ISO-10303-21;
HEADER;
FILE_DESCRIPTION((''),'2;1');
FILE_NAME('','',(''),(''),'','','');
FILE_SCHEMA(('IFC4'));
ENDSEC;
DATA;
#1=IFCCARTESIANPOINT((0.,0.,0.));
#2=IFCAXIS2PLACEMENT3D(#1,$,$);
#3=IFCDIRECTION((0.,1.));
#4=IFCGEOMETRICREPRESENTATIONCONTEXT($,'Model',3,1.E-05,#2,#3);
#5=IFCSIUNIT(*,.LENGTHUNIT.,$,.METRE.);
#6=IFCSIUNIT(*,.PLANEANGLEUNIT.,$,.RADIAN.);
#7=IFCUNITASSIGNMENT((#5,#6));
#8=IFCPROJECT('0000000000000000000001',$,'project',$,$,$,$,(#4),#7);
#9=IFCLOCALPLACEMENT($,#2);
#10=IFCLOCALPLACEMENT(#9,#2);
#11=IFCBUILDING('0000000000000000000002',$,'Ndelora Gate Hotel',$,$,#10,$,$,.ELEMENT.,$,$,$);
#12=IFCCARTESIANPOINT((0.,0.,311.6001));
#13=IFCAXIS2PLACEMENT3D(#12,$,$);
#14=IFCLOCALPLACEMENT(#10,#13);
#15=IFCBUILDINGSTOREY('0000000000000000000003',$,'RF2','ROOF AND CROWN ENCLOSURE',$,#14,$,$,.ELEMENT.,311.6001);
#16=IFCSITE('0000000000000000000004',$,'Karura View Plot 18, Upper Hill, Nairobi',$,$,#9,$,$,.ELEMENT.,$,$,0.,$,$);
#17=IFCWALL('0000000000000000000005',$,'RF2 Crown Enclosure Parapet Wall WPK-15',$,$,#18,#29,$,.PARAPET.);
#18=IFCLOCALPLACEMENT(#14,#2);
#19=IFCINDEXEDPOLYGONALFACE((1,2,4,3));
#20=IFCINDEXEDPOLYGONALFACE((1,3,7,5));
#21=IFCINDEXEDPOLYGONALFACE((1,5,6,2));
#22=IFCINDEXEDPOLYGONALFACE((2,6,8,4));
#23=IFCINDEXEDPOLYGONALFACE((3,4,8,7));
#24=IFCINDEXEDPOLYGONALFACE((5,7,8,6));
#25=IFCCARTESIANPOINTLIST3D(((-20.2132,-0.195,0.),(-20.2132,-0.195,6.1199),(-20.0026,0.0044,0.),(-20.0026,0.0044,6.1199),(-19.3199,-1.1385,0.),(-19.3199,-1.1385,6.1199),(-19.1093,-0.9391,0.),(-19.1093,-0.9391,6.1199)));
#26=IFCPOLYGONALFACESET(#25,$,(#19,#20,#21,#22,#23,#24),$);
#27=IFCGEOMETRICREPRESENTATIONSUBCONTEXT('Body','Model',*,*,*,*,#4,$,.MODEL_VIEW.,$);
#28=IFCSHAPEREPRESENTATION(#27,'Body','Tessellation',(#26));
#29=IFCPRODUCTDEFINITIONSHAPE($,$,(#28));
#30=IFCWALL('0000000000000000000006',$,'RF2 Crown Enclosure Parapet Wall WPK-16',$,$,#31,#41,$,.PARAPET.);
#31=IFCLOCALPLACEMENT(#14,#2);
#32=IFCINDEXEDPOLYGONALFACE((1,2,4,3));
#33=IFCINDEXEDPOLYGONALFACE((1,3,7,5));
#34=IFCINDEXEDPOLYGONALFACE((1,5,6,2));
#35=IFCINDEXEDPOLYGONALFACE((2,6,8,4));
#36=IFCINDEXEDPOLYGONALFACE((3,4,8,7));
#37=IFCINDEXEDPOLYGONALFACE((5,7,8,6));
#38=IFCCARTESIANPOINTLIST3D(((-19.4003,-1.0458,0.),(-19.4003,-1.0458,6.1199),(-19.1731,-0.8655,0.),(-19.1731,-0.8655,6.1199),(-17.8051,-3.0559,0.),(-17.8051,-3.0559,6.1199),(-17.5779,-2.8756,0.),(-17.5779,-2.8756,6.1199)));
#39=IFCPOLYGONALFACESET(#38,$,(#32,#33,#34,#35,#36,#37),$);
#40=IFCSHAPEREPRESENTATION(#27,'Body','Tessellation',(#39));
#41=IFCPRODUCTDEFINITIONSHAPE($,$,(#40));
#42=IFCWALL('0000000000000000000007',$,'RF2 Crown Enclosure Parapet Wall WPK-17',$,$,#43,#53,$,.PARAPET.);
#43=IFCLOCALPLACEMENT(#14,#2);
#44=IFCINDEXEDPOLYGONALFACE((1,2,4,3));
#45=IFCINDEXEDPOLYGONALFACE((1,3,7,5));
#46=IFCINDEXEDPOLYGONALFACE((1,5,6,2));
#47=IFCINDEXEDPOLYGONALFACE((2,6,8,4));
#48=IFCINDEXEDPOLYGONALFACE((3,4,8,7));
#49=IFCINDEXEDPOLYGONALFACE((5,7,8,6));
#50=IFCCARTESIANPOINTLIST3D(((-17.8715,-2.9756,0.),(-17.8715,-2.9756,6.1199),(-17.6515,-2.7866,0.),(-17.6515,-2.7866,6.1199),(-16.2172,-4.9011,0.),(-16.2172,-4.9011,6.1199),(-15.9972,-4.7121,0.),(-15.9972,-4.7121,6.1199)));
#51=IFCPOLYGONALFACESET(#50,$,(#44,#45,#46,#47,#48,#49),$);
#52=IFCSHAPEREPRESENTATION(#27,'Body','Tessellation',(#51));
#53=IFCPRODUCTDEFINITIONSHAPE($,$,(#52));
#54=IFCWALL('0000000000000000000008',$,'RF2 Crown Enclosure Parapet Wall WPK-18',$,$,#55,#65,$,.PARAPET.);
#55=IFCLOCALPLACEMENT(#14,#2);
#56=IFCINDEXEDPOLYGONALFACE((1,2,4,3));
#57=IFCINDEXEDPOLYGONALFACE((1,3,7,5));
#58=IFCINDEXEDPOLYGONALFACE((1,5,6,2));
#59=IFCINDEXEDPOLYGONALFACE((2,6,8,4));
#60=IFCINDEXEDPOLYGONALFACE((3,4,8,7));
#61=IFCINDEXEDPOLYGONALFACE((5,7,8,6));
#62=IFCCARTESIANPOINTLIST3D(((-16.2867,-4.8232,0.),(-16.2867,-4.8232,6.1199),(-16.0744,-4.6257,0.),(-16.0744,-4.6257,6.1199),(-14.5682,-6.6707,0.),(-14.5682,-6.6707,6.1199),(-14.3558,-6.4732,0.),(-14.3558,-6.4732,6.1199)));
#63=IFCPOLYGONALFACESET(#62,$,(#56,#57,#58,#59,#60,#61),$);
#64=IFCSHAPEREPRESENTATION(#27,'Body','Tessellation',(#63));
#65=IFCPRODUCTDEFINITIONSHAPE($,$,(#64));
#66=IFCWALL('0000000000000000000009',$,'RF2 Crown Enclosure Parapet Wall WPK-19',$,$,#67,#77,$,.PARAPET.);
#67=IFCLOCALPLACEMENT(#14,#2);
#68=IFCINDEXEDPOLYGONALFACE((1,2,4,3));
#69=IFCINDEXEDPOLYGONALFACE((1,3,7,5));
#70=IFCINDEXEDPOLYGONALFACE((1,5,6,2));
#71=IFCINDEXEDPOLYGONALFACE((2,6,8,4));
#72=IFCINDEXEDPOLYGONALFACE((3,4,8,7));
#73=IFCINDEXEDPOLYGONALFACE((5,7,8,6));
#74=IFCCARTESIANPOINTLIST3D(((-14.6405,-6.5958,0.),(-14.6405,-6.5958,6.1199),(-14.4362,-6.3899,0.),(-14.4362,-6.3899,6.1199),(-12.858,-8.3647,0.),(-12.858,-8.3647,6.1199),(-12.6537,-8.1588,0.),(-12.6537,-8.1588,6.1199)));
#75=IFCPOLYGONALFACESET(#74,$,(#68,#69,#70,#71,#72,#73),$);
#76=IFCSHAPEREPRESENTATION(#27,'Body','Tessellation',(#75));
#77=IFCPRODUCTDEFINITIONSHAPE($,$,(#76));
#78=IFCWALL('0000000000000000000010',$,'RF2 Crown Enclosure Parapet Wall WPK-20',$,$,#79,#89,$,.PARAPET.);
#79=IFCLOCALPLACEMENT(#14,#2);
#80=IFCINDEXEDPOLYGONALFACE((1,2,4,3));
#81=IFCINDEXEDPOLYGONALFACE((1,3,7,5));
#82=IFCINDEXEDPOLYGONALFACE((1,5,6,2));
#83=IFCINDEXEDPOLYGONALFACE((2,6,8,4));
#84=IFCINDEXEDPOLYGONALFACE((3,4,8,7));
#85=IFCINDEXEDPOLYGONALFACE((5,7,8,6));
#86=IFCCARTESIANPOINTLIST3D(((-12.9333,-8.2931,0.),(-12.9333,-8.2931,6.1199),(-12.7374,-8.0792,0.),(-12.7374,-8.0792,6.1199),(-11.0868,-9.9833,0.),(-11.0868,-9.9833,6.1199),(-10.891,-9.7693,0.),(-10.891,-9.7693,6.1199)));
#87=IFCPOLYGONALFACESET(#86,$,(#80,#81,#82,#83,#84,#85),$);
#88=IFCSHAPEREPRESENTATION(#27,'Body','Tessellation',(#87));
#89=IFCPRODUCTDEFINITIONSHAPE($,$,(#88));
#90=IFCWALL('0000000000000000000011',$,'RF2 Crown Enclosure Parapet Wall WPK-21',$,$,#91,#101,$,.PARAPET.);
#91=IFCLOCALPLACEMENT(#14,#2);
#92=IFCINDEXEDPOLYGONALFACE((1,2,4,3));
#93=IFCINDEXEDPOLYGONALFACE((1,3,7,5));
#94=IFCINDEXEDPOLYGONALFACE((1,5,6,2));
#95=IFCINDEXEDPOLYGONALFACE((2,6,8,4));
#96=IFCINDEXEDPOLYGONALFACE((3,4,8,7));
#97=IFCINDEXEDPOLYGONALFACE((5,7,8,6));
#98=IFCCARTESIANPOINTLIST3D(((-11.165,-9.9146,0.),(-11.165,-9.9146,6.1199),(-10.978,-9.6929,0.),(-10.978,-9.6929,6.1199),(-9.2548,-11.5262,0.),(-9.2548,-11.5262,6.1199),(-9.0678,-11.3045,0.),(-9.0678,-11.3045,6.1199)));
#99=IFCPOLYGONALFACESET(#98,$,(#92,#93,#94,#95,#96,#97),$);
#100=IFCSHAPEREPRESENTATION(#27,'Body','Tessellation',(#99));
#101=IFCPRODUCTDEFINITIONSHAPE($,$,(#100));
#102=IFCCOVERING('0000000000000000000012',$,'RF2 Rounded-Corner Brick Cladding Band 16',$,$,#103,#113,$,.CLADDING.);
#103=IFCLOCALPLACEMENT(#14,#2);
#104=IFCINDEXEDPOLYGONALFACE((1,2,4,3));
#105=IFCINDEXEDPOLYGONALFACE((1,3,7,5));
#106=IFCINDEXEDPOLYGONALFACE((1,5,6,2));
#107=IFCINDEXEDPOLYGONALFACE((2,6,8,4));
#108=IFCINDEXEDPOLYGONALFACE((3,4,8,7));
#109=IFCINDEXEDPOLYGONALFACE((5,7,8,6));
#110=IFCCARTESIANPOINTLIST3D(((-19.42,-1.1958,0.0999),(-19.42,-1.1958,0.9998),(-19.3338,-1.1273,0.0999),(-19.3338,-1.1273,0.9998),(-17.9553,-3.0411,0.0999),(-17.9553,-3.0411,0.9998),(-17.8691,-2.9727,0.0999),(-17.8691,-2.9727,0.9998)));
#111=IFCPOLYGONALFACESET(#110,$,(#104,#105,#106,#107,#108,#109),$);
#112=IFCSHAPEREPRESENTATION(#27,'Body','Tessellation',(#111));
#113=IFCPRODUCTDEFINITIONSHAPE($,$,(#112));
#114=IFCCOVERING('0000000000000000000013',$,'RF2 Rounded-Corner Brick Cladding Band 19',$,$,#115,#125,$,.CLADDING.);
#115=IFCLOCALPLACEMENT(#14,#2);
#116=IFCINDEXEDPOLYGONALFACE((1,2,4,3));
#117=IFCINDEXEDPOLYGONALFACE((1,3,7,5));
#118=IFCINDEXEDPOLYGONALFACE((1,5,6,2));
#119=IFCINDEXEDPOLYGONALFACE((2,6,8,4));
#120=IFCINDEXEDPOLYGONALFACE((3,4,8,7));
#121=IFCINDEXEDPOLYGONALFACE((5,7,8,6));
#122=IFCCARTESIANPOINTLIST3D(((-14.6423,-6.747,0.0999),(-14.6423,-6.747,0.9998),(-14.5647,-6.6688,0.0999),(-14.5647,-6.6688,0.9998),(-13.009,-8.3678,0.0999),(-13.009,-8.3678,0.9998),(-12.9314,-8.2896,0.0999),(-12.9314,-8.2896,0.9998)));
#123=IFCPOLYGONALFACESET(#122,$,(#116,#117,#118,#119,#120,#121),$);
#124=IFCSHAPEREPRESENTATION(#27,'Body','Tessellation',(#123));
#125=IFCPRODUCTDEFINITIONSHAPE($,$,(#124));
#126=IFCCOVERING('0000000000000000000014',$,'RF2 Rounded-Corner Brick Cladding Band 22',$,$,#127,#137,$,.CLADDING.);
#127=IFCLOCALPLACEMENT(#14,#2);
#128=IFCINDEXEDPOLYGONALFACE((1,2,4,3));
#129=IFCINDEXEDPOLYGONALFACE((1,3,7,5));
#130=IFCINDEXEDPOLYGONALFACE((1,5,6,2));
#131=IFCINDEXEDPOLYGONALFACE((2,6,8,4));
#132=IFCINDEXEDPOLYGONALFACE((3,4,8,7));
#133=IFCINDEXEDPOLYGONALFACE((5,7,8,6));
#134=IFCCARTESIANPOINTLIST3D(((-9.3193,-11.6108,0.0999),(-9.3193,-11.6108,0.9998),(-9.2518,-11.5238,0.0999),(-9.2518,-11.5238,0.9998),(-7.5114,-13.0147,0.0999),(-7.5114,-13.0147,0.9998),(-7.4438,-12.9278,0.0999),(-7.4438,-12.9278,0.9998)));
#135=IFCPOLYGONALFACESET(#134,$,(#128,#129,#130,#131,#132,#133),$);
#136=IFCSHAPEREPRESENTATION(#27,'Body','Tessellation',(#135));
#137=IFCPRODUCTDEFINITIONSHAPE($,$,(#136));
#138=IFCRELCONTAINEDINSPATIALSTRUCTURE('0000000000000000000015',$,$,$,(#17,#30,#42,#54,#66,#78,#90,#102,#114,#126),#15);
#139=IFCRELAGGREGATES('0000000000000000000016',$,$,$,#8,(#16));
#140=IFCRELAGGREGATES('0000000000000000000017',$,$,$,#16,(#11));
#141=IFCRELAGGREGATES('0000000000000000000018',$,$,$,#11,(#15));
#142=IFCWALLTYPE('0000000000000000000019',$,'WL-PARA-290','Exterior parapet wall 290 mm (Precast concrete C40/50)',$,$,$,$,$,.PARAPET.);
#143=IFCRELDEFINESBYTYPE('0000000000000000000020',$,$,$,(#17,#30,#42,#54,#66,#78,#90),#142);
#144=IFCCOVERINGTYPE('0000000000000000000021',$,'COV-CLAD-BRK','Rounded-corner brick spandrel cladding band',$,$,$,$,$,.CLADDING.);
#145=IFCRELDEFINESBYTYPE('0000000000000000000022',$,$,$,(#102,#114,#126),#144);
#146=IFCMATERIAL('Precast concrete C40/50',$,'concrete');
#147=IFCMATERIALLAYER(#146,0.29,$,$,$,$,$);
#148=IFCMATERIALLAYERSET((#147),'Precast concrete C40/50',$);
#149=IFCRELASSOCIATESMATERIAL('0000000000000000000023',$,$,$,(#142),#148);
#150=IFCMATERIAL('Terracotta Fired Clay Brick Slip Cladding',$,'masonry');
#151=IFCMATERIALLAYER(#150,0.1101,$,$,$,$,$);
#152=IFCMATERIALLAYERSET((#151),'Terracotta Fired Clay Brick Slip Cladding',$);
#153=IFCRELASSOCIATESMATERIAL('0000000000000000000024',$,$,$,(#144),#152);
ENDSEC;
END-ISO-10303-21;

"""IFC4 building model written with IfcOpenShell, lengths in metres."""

from ifc_helpers import new_model, si_unit, direction, frame, frame_2d, origin, origin_2d, place, context, subcontext, project, spatial, rectangle, extrude, material, layer, layer_set, type_object, element, save


model = new_model("IFC4")

# Units and contexts
model_context = context("Model", 3, precision=1e-05, world=origin(), true_north=direction((0.0, 1.0)))
body_context = subcontext(model_context, "Body", "Model", "MODEL_VIEW")
ifc_project = project(units=[si_unit("LENGTHUNIT", "METRE"), si_unit("PLANEANGLEUNIT", "RADIAN")], contexts=[model_context])

# Site, building, storey
site_placement = place(None, origin())
site = spatial("IfcSite", under=ifc_project, at=site_placement, Name="Karura View Plot 18, Upper Hill, Nairobi", CompositionType="ELEMENT", RefElevation=0.0)
building_placement = place(site_placement, origin())
building = spatial("IfcBuilding", under=site, at=building_placement, Name="Ndelora Gate Hotel", CompositionType="ELEMENT")
storey_placement = place(building_placement, frame((0.0, 0.0, 311.6001)))
storey = spatial("IfcBuildingStorey", under=building, at=storey_placement, Name="RF2", Description="ROOF AND CROWN ENCLOSURE", CompositionType="ELEMENT", Elevation=311.6001)

# Walls
ifc_material_1 = material(Name="Precast concrete C40/50", Category="concrete")
ifc_layer_1 = layer(ifc_material_1, 0.29)
ifc_layer_set_1 = layer_set([ifc_layer_1], Name="Precast concrete C40/50")
wall_type_1 = type_object("IfcWallType", Name="WL-PARA-290", Description="Exterior parapet wall 290 mm (Precast concrete C40/50)", PredefinedType="PARAPET", material=ifc_layer_set_1)
wall_1_placement = place(storey_placement, frame((-19.2146, -1.0388, 0.0), z_axis=(0.0, 0.0, 1.0), x_axis=(-0.687489, 0.726195, 0.0)))
element("IfcWall", 1, at=wall_1_placement, inside=storey, type_object=wall_type_1, Name="RF2 Crown Enclosure Parapet Wall WPK-15", PredefinedType="PARAPET", context=body_context, shape_type="SweptSolid", body=[
    extrude(rectangle(XDim=1.2993, YDim=0.29, at=frame_2d((0.6497, 0.0))), origin(), (0.0, 0.0, 1.0), 6.1199),
])
wall_2_placement = place(storey_placement, frame((-17.6914, -2.9658, 0.0), z_axis=(0.0, 0.0, 1.0), x_axis=(-0.62165, 0.783295, 0.0)))
element("IfcWall", 2, at=wall_2_placement, inside=storey, type_object=wall_type_1, Name="RF2 Crown Enclosure Parapet Wall WPK-16", PredefinedType="PARAPET", context=body_context, shape_type="SweptSolid", body=[
    extrude(rectangle(XDim=2.5662, YDim=0.29, at=frame_2d((1.2832, 0.0))), origin(), (0.0, 0.0, 1.0), 6.1199),
])
wall_3_placement = place(storey_placement, frame((-16.1072, -4.8066, 0.0), z_axis=(0.0, 0.0, 1.0), x_axis=(-0.651662, 0.758509, 0.0)))
element("IfcWall", 3, at=wall_3_placement, inside=storey, type_object=wall_type_1, Name="RF2 Crown Enclosure Parapet Wall WPK-17", PredefinedType="PARAPET", context=body_context, shape_type="SweptSolid", body=[
    extrude(rectangle(XDim=2.5386, YDim=0.29, at=frame_2d((1.2693, 0.0))), origin(), (0.0, 0.0, 1.0), 6.1199),
])
wall_4_placement = place(storey_placement, frame((-14.4619, -6.572, 0.0), z_axis=(0.0, 0.0, 1.0), x_axis=(-0.6811, 0.73219, 0.0)))
element("IfcWall", 4, at=wall_4_placement, inside=storey, type_object=wall_type_1, Name="RF2 Crown Enclosure Parapet Wall WPK-18", PredefinedType="PARAPET", context=body_context, shape_type="SweptSolid", body=[
    extrude(rectangle(XDim=2.5232, YDim=0.29, at=frame_2d((1.2617, 0.0))), origin(), (0.0, 0.0, 1.0), 6.1199),
])
wall_5_placement = place(storey_placement, frame((-12.7559, -8.2617, 0.0), z_axis=(0.0, 0.0, 1.0), x_axis=(-0.709824, 0.704379, 0.0)))
element("IfcWall", 5, at=wall_5_placement, inside=storey, type_object=wall_type_1, Name="RF2 Crown Enclosure Parapet Wall WPK-19", PredefinedType="PARAPET", context=body_context, shape_type="SweptSolid", body=[
    extrude(rectangle(XDim=2.5112, YDim=0.29, at=frame_2d((1.2556, 0.0))), origin(), (0.0, 0.0, 1.0), 6.1199),
])
wall_6_placement = place(storey_placement, frame((-10.989, -9.8762, 0.0), z_axis=(0.0, 0.0, 1.0), x_axis=(-0.737628, 0.675208, 0.0)))
element("IfcWall", 6, at=wall_6_placement, inside=storey, type_object=wall_type_1, Name="RF2 Crown Enclosure Parapet Wall WPK-20", PredefinedType="PARAPET", context=body_context, shape_type="SweptSolid", body=[
    extrude(rectangle(XDim=2.5032, YDim=0.29, at=frame_2d((1.2515, 0.0))), origin(), (0.0, 0.0, 1.0), 6.1199),
])
wall_7_placement = place(storey_placement, frame((-9.1614, -11.4153, 0.0), z_axis=(0.0, 0.0, 1.0), x_axis=(-0.764316, 0.644842, 0.0)))
element("IfcWall", 7, at=wall_7_placement, inside=storey, type_object=wall_type_1, Name="RF2 Crown Enclosure Parapet Wall WPK-21", PredefinedType="PARAPET", context=body_context, shape_type="SweptSolid", body=[
    extrude(rectangle(XDim=2.4993, YDim=0.29, at=frame_2d((1.2495, 0.0))), origin(), (0.0, 0.0, 1.0), 6.1199),
])

# Coverings
ifc_material_2 = material(Name="Terracotta Fired Clay Brick Slip Cladding", Category="masonry")
ifc_layer_2 = layer(ifc_material_2, 0.1101)
ifc_layer_set_2 = layer_set([ifc_layer_2], Name="Terracotta Fired Clay Brick Slip Cladding")
covering_type = type_object("IfcCoveringType", Name="COV-CLAD-BRK", Description="Rounded-corner brick spandrel cladding band", PredefinedType="CLADDING", material=ifc_layer_set_2)
covering_1_placement = place(storey_placement, frame((-18.6445, -2.0842, 0.0999), z_axis=(0.0, 0.0, 1.0), x_axis=(-0.621695, 0.78326, 0.0)))
element("IfcCovering", 8, at=covering_1_placement, inside=storey, type_object=covering_type, Name="RF2 Rounded-Corner Brick Cladding Band 16", PredefinedType="CLADDING", context=body_context, shape_type="SweptSolid", body=[
    extrude(rectangle(XDim=2.356, YDim=0.1101, at=origin_2d()), origin(), (0.0, 0.0, 1.0), 0.8999),
])
covering_2_placement = place(storey_placement, frame((-13.7869, -7.5183, 0.0999), z_axis=(0.0, 0.0, 1.0), x_axis=(-0.709817, 0.704386, 0.0)))
element("IfcCovering", 9, at=covering_2_placement, inside=storey, type_object=covering_type, Name="RF2 Rounded-Corner Brick Cladding Band 19", PredefinedType="CLADDING", context=body_context, shape_type="SweptSolid", body=[
    extrude(rectangle(XDim=2.301, YDim=0.1101, at=origin_2d()), origin(), (0.0, 0.0, 1.0), 0.8999),
])
covering_3_placement = place(storey_placement, frame((-8.3816, -12.2693, 0.0999), z_axis=(0.0, 0.0, 1.0), x_axis=(-0.789834, 0.613321, 0.0)))
element("IfcCovering", 10, at=covering_3_placement, inside=storey, type_object=covering_type, Name="RF2 Rounded-Corner Brick Cladding Band 22", PredefinedType="CLADDING", context=body_context, shape_type="SweptSolid", body=[
    extrude(rectangle(XDim=2.2891, YDim=0.1101, at=origin_2d()), origin(), (0.0, 0.0, 1.0), 0.8999),
])

save(model, "model.ifc")
